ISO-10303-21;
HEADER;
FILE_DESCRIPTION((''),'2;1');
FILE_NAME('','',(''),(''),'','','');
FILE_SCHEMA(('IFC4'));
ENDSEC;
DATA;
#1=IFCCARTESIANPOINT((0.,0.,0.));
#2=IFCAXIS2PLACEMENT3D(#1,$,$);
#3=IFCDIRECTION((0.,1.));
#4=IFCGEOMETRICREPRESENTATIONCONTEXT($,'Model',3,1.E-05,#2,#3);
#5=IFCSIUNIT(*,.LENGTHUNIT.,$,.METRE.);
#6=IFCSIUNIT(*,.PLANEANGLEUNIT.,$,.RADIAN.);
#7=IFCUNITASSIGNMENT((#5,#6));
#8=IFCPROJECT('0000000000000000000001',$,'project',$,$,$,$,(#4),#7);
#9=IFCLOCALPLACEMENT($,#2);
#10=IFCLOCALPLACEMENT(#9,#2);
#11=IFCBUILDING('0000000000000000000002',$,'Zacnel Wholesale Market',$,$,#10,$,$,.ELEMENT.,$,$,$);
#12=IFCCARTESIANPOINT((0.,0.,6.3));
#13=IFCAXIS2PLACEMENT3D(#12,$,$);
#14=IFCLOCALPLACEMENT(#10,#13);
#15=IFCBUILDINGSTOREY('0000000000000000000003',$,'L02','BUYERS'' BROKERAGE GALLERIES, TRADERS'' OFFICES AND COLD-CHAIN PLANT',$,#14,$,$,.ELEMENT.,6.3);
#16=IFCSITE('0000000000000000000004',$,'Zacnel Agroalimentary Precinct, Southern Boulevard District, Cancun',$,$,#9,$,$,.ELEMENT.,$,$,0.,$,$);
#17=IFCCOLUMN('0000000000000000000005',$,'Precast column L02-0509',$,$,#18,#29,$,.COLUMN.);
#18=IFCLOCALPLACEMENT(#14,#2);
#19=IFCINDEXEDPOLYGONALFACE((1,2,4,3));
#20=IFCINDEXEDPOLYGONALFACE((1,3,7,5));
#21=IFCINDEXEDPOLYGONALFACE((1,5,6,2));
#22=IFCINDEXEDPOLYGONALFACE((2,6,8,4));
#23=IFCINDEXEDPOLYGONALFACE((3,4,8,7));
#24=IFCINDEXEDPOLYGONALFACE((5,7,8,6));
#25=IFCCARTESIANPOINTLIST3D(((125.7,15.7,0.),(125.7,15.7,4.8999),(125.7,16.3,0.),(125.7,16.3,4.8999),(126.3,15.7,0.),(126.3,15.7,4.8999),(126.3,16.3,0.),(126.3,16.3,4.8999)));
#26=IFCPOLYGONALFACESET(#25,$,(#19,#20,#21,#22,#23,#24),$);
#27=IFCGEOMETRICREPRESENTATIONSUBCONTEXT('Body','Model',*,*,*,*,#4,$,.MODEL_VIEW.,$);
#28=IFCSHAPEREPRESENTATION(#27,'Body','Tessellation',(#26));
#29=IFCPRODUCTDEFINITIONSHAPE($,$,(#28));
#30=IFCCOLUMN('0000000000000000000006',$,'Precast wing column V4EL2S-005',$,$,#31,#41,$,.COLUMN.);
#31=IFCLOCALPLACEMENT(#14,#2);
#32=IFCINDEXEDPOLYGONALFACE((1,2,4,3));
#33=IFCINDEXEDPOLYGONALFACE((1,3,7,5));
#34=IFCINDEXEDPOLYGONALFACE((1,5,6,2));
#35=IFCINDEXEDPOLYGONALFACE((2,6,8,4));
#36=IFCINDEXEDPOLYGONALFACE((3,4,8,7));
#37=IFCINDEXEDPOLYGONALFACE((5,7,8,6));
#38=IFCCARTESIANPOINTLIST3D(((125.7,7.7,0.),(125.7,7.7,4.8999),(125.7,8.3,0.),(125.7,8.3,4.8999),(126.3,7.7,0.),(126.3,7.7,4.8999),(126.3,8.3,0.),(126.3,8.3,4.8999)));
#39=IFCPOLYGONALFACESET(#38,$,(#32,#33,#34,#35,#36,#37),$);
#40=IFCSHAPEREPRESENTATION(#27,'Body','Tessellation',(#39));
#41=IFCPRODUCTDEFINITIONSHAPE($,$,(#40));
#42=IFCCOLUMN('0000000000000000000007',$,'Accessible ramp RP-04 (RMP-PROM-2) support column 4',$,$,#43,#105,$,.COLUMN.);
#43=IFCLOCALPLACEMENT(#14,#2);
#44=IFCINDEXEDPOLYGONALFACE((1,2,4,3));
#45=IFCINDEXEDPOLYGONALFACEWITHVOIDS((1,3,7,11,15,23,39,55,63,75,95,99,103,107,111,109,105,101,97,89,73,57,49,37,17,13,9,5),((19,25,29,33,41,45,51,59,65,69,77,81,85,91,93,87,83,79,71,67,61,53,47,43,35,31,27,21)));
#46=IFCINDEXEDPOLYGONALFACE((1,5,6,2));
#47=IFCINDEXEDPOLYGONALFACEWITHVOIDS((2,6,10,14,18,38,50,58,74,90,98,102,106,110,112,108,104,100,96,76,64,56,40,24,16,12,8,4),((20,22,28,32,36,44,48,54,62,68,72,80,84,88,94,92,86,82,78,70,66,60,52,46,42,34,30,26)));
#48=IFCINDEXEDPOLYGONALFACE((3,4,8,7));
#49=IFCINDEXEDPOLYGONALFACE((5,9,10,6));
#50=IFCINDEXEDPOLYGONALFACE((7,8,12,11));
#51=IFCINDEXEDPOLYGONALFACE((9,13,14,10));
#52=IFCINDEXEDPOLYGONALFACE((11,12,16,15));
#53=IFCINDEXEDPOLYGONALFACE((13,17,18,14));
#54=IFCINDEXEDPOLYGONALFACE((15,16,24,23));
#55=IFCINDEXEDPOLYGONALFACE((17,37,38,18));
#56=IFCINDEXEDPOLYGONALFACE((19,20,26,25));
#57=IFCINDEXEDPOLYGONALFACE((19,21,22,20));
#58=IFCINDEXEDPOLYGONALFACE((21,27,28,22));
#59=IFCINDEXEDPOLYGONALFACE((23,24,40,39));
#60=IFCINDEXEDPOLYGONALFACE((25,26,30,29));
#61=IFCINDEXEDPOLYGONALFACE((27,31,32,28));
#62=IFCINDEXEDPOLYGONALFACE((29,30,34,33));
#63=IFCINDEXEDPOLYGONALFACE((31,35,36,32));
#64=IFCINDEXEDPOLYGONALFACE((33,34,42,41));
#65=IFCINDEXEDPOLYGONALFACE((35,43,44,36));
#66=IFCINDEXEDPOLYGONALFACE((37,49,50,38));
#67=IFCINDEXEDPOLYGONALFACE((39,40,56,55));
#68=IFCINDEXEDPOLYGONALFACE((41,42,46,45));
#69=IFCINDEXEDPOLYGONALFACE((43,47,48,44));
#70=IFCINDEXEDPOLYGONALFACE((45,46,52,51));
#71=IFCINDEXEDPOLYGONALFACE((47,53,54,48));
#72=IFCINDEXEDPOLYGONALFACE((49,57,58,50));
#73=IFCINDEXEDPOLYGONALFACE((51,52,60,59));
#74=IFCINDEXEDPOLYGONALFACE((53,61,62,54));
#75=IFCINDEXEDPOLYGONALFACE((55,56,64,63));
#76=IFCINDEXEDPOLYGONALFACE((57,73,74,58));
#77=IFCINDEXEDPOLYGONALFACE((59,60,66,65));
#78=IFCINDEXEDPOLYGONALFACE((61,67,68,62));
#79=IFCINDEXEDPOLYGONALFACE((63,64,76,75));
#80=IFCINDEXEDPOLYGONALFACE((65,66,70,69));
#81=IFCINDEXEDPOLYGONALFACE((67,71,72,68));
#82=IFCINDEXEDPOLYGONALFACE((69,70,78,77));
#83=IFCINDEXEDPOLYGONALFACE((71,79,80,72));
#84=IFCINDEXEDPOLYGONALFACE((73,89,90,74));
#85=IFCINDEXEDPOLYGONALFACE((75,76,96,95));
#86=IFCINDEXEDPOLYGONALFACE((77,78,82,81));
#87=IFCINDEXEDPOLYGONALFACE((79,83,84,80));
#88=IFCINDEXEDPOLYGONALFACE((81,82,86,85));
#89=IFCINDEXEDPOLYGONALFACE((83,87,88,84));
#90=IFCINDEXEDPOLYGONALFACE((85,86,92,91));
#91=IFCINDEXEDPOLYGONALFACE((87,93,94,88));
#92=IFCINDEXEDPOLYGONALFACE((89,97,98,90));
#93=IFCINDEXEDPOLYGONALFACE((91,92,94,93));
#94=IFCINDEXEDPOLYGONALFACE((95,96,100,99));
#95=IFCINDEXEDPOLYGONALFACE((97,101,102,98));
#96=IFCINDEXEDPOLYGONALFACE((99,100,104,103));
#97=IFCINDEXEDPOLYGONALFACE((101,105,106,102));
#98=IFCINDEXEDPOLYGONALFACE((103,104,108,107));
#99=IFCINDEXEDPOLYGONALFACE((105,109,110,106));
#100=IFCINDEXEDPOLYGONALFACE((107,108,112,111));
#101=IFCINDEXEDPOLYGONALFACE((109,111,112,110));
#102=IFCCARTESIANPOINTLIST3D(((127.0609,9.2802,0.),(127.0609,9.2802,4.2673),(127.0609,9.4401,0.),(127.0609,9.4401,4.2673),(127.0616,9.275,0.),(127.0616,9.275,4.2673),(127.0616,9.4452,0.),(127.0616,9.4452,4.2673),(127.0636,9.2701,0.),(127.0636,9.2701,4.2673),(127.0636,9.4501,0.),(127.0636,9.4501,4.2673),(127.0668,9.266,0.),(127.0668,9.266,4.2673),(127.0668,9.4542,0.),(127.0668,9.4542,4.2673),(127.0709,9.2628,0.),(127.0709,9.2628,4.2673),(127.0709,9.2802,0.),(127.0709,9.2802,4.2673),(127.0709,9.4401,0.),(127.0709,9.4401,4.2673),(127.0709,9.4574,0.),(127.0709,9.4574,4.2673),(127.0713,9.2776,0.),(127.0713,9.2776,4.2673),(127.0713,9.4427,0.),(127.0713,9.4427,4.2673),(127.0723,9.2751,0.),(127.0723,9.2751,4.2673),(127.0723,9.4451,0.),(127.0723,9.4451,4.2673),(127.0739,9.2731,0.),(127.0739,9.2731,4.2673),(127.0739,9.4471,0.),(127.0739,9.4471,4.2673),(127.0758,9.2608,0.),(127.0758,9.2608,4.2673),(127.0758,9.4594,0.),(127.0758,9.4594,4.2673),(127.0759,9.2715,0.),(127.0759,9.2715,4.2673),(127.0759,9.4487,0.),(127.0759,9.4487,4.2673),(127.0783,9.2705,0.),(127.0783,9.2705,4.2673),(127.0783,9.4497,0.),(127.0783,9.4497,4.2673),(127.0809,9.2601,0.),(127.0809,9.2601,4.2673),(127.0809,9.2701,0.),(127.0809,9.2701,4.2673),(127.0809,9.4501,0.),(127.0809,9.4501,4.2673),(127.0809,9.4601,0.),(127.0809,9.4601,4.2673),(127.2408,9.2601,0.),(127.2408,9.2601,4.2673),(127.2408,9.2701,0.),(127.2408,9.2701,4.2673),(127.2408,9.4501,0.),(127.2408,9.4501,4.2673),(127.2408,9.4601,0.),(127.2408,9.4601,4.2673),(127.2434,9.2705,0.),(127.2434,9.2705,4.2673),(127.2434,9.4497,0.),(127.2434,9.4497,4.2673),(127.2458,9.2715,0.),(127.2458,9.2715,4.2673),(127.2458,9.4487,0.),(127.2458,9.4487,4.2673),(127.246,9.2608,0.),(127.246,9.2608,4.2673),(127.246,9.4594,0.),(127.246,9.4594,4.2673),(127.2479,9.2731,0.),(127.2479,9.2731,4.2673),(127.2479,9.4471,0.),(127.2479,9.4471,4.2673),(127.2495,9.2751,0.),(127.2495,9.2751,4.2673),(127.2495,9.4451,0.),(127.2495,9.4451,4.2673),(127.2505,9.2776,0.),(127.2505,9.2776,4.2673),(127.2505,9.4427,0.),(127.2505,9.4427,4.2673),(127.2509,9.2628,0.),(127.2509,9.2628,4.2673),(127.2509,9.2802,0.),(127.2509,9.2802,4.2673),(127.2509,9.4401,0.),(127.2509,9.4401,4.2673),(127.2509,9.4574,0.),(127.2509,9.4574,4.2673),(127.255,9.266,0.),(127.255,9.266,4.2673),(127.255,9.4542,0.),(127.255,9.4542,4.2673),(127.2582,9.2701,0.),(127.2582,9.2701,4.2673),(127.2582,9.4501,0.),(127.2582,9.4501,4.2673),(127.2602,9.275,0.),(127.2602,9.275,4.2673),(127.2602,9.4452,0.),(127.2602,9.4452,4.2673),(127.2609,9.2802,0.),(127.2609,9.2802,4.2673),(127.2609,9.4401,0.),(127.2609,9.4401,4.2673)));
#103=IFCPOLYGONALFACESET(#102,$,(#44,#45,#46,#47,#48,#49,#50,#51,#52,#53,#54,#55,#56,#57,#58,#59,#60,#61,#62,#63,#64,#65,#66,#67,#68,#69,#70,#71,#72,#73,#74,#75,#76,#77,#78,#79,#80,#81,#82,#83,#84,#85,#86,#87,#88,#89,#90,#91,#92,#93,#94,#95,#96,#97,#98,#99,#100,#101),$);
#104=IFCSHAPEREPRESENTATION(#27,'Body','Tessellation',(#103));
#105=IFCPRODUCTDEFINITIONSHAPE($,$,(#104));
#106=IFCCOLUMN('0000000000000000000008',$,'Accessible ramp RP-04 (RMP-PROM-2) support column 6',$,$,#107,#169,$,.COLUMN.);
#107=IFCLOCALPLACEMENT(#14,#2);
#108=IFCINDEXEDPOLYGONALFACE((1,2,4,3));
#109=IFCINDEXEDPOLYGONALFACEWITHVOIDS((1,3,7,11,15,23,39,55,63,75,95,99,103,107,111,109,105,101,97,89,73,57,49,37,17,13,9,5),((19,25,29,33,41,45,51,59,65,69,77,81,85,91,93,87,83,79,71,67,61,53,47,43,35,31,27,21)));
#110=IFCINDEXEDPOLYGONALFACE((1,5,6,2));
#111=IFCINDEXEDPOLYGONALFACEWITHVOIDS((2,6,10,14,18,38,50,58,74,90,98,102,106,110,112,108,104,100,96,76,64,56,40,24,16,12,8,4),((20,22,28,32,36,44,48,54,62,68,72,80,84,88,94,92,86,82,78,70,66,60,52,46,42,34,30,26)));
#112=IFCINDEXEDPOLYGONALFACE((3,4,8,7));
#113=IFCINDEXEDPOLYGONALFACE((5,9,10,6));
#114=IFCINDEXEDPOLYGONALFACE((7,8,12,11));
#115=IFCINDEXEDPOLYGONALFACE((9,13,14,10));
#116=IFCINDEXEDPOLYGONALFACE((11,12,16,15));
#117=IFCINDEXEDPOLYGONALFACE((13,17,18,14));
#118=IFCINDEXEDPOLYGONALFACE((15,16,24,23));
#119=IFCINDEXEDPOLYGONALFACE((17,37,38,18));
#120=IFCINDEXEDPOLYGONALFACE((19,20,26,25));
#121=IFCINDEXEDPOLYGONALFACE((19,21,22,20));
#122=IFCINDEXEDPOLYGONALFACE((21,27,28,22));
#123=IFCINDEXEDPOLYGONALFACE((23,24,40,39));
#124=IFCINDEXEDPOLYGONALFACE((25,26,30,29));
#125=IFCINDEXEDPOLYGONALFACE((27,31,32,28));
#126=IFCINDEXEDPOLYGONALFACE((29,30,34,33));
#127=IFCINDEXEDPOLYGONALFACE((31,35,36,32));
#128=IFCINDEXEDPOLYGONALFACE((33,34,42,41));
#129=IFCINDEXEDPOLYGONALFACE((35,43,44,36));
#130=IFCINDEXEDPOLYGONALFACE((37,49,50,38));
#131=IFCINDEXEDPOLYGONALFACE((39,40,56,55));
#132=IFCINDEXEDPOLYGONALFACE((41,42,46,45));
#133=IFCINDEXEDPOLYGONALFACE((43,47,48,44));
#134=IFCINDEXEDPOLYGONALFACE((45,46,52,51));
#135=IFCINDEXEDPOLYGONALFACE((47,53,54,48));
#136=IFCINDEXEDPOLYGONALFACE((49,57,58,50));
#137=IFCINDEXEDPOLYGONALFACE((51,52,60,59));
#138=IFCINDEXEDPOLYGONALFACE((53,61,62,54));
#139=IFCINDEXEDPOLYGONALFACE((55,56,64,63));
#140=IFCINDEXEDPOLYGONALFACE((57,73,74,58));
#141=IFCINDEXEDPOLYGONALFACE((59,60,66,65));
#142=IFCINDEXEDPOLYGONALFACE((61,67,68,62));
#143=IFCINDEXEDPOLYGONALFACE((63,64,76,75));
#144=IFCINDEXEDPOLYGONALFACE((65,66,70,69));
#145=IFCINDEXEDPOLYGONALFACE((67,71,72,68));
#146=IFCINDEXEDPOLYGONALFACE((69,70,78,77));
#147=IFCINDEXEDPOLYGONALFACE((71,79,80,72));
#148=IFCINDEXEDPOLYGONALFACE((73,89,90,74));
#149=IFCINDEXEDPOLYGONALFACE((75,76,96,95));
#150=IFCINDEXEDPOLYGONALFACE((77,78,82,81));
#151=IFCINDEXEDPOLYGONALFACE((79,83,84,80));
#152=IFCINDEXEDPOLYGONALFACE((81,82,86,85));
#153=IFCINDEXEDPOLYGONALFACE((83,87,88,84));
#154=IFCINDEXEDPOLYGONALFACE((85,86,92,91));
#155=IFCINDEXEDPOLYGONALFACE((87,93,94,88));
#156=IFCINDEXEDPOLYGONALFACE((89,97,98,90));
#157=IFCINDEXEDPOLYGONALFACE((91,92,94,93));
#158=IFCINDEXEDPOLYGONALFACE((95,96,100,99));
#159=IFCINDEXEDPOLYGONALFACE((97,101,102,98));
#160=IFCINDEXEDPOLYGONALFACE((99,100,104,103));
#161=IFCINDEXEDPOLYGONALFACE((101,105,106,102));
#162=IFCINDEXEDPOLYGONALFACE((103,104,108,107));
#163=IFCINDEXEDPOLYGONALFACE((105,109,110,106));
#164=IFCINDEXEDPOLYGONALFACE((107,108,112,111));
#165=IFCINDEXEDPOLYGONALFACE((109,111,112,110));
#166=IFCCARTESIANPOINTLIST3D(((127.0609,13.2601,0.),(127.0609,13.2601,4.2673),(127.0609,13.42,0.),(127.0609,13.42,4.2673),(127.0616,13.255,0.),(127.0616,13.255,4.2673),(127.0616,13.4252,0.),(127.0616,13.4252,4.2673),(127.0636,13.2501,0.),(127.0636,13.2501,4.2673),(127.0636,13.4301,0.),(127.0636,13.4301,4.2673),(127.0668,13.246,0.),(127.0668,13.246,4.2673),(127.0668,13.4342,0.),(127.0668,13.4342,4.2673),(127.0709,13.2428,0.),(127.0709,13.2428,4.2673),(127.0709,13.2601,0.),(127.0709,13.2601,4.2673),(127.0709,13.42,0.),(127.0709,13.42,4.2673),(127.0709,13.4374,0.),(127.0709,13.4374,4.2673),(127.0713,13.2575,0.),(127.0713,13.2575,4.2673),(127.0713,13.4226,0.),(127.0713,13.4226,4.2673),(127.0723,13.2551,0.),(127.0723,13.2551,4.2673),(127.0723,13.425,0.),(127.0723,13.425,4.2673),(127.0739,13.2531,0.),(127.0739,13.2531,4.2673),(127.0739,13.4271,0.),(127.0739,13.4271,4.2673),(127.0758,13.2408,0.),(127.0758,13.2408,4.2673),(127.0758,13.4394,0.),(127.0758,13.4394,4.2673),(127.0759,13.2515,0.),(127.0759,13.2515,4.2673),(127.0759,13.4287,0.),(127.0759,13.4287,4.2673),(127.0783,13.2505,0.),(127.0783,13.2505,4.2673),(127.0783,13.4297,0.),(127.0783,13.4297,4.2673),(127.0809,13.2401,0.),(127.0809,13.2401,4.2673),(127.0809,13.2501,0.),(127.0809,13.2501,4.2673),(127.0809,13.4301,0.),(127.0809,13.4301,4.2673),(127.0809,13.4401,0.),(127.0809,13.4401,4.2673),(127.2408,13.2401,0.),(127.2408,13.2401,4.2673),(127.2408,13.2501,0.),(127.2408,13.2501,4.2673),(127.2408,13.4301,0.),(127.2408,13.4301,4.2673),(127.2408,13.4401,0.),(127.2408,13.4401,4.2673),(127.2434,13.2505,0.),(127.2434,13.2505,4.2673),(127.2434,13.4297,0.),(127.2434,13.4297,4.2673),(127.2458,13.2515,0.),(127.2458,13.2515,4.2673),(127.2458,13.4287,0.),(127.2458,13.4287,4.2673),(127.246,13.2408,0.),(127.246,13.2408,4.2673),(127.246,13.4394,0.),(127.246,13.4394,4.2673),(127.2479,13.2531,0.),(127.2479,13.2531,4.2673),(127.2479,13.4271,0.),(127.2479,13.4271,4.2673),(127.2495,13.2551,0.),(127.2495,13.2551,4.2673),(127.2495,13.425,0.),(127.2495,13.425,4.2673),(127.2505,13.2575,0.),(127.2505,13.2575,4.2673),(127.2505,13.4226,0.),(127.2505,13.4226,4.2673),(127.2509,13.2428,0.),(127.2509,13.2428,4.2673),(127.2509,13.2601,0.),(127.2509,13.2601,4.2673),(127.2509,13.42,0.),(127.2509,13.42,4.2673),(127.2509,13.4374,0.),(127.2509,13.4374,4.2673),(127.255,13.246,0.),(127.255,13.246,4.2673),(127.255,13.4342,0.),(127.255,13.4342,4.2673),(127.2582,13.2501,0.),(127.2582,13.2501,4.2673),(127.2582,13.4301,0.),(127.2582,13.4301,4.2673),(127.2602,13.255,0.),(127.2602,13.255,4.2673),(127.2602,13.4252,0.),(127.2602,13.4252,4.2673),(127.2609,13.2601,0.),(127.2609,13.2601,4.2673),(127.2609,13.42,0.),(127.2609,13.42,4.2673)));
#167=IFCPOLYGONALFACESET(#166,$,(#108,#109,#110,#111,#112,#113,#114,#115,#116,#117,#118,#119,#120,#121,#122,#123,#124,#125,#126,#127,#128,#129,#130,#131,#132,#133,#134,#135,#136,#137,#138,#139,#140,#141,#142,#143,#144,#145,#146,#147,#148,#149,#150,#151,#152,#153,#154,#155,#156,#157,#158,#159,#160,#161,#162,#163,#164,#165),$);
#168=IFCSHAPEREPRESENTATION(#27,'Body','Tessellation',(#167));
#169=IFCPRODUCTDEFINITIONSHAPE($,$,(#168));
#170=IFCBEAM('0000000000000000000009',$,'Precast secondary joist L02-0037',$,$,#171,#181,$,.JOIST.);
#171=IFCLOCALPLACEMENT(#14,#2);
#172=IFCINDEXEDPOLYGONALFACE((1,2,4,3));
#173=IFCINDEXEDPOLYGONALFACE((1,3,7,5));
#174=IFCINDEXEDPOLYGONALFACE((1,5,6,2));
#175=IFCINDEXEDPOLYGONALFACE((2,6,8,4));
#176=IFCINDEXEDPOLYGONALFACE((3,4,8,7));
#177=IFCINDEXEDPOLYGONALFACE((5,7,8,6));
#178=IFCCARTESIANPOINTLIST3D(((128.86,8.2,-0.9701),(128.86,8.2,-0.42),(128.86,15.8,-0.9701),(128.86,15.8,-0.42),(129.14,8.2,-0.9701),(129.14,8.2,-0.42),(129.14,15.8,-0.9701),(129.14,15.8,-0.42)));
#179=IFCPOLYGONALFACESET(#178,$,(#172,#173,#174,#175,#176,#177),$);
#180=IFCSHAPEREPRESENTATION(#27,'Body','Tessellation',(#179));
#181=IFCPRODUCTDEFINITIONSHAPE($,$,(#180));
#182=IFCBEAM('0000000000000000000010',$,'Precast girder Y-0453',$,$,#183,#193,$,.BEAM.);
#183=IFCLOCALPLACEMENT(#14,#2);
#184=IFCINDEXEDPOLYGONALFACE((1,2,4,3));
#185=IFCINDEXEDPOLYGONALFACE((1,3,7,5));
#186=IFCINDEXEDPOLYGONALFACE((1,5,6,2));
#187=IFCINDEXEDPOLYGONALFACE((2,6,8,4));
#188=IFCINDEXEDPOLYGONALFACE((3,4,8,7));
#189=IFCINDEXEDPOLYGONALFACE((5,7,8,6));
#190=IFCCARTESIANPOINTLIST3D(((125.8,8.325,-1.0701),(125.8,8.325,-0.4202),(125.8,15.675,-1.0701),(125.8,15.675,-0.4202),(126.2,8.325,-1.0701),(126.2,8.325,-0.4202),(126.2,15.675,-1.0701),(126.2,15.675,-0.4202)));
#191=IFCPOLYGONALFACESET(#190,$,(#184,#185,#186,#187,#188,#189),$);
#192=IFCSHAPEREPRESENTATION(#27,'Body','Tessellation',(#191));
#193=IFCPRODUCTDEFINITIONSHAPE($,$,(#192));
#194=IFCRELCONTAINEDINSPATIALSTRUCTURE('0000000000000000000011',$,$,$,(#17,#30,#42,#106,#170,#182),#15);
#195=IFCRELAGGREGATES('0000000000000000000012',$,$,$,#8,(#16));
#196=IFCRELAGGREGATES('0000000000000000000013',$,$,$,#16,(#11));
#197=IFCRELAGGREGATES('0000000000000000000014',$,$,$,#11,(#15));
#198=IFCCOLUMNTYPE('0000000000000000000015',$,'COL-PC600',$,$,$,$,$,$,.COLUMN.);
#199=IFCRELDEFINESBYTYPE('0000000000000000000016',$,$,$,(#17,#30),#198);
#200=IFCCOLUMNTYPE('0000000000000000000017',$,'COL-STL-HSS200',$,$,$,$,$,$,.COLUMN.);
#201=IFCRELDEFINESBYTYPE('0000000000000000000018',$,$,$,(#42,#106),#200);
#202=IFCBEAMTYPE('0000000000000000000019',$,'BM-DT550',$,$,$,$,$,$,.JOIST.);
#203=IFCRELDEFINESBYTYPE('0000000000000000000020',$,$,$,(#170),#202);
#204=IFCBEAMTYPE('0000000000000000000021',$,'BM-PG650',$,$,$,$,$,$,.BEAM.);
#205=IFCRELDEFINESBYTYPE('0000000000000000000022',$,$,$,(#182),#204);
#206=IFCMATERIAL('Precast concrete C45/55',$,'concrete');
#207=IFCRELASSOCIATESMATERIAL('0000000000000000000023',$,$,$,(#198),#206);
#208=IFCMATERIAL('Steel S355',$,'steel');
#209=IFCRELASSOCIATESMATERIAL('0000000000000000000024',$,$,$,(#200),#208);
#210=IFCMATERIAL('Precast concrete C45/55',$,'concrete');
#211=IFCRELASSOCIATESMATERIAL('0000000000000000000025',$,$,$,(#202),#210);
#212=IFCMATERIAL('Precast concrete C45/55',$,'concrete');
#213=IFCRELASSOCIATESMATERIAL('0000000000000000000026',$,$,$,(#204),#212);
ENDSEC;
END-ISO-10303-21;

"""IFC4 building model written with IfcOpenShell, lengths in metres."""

from ifc_helpers import new_model, si_unit, direction, frame, origin, origin_2d, place, context, subcontext, project, spatial, rectangle, hollow_rectangle, extrude, material, material_profile, profile_set, type_object, element, save


model = new_model("IFC4")

# Units and contexts
model_context = context("Model", 3, precision=1e-05, world=origin(), true_north=direction((0.0, 1.0)))
body_context = subcontext(model_context, "Body", "Model", "MODEL_VIEW")
ifc_project = project(units=[si_unit("LENGTHUNIT", "METRE"), si_unit("PLANEANGLEUNIT", "RADIAN")], contexts=[model_context])

# Site, building, storey
site_placement = place(None, origin())
site = spatial("IfcSite", under=ifc_project, at=site_placement, Name="Zacnel Agroalimentary Precinct, Southern Boulevard District, Cancun", CompositionType="ELEMENT", RefElevation=0.0)
building_placement = place(site_placement, origin())
building = spatial("IfcBuilding", under=site, at=building_placement, Name="Zacnel Wholesale Market", CompositionType="ELEMENT")
storey_placement = place(building_placement, frame((0.0, 0.0, 6.3)))
storey = spatial("IfcBuildingStorey", under=building, at=storey_placement, Name="L02", Description="BUYERS' BROKERAGE GALLERIES, TRADERS' OFFICES AND COLD-CHAIN PLANT", CompositionType="ELEMENT", Elevation=6.3)

# Columns
ifc_material_1 = material(Name="Precast concrete C45/55", Category="concrete")
ifc_material_profile_1 = material_profile(ifc_material_1, rectangle(XDim=0.6001, YDim=0.6001, at=origin_2d()), Name="PC 600x600")
ifc_profile_set_1 = profile_set([ifc_material_profile_1], Name="Precast concrete C45/55")
column_type_1 = type_object("IfcColumnType", Name="COL-PC600", PredefinedType="COLUMN", material=ifc_profile_set_1)
for number, where, z_axis, x_axis, name in (
    (1, (126.0, 16.0, 0.0), (0.0, 0.0, 1.0), (1.0, 0.0, 0.0), "Precast column L02-0509"),
    (2, (126.0, 8.0, 0.0), (0.0, 0.0, 1.0), (1.0, 0.0, 0.0), "Precast wing column V4EL2S-005"),
):
    element("IfcColumn", number, at=place(storey_placement, frame(where, z_axis=z_axis, x_axis=x_axis)), inside=storey, type_object=column_type_1, Name=name, PredefinedType="COLUMN", context=body_context, shape_type="SweptSolid", body=[
        extrude(rectangle(XDim=0.6001, YDim=0.6001, at=origin_2d()), origin(), (0.0, 0.0, 1.0), 4.8999),
    ])
ifc_material_2 = material(Name="Steel S355", Category="steel")
ifc_material_profile_2 = material_profile(ifc_material_2, hollow_rectangle(XDim=0.2, YDim=0.2, WallThickness=0.01, InnerFilletRadius=0.01, OuterFilletRadius=0.02, at=origin_2d()), Name="HSS 200x200x10")
ifc_profile_set_2 = profile_set([ifc_material_profile_2], Name="Steel S355")
column_type_2 = type_object("IfcColumnType", Name="COL-STL-HSS200", PredefinedType="COLUMN", material=ifc_profile_set_2)
for number, where, z_axis, x_axis, name in (
    (3, (127.1609, 9.3601, 0.0), (0.0, 0.0, 1.0), (1.0, 0.0, 0.0), "Accessible ramp RP-04 (RMP-PROM-2) support column 4"),
    (4, (127.1609, 13.3401, 0.0), (0.0, 0.0, 1.0), (1.0, 0.0, 0.0), "Accessible ramp RP-04 (RMP-PROM-2) support column 6"),
):
    element("IfcColumn", number, at=place(storey_placement, frame(where, z_axis=z_axis, x_axis=x_axis)), inside=storey, type_object=column_type_2, Name=name, PredefinedType="COLUMN", context=body_context, shape_type="SweptSolid", body=[
        extrude(hollow_rectangle(XDim=0.2, YDim=0.2, WallThickness=0.01, InnerFilletRadius=0.01, OuterFilletRadius=0.02, at=origin_2d()), origin(), (0.0, 0.0, 1.0), 4.2673),
    ])

# Beams
ifc_material_3 = material(Name="Precast concrete C45/55", Category="concrete")
ifc_material_profile_3 = material_profile(ifc_material_3, rectangle(XDim=0.28, YDim=0.55, at=origin_2d()), Name="DT RIB 280x550")
ifc_profile_set_3 = profile_set([ifc_material_profile_3], Name="Precast concrete C45/55")
beam_type_1 = type_object("IfcBeamType", Name="BM-DT550", PredefinedType="JOIST", material=ifc_profile_set_3)
beam_1_placement = place(storey_placement, frame((129.0, 8.2, -0.6951), z_axis=(0.0, 1.0, 0.0), x_axis=(-1.0, 0.0, 0.0)))
element("IfcBeam", 5, at=beam_1_placement, inside=storey, type_object=beam_type_1, Name="Precast secondary joist L02-0037", PredefinedType="JOIST", context=body_context, shape_type="SweptSolid", body=[
    extrude(rectangle(XDim=0.28, YDim=0.55, at=origin_2d()), origin(), (0.0, 0.0, 1.0), 7.6001),
])
ifc_material_4 = material(Name="Precast concrete C45/55", Category="concrete")
ifc_material_profile_4 = material_profile(ifc_material_4, rectangle(XDim=0.3999, YDim=0.6499, at=origin_2d()), Name="PG 400x650")
ifc_profile_set_4 = profile_set([ifc_material_profile_4], Name="Precast concrete C45/55")
beam_type_2 = type_object("IfcBeamType", Name="BM-PG650", PredefinedType="BEAM", material=ifc_profile_set_4)
beam_2_placement = place(storey_placement, frame((126.0, 8.325, -0.7451), z_axis=(0.0, 1.0, 0.0), x_axis=(-1.0, 0.0, 0.0)))
element("IfcBeam", 6, at=beam_2_placement, inside=storey, type_object=beam_type_2, Name="Precast girder Y-0453", PredefinedType="BEAM", context=body_context, shape_type="SweptSolid", body=[
    extrude(rectangle(XDim=0.3999, YDim=0.6499, at=origin_2d()), origin(), (0.0, 0.0, 1.0), 7.3501),
])

save(model, "model.ifc")
